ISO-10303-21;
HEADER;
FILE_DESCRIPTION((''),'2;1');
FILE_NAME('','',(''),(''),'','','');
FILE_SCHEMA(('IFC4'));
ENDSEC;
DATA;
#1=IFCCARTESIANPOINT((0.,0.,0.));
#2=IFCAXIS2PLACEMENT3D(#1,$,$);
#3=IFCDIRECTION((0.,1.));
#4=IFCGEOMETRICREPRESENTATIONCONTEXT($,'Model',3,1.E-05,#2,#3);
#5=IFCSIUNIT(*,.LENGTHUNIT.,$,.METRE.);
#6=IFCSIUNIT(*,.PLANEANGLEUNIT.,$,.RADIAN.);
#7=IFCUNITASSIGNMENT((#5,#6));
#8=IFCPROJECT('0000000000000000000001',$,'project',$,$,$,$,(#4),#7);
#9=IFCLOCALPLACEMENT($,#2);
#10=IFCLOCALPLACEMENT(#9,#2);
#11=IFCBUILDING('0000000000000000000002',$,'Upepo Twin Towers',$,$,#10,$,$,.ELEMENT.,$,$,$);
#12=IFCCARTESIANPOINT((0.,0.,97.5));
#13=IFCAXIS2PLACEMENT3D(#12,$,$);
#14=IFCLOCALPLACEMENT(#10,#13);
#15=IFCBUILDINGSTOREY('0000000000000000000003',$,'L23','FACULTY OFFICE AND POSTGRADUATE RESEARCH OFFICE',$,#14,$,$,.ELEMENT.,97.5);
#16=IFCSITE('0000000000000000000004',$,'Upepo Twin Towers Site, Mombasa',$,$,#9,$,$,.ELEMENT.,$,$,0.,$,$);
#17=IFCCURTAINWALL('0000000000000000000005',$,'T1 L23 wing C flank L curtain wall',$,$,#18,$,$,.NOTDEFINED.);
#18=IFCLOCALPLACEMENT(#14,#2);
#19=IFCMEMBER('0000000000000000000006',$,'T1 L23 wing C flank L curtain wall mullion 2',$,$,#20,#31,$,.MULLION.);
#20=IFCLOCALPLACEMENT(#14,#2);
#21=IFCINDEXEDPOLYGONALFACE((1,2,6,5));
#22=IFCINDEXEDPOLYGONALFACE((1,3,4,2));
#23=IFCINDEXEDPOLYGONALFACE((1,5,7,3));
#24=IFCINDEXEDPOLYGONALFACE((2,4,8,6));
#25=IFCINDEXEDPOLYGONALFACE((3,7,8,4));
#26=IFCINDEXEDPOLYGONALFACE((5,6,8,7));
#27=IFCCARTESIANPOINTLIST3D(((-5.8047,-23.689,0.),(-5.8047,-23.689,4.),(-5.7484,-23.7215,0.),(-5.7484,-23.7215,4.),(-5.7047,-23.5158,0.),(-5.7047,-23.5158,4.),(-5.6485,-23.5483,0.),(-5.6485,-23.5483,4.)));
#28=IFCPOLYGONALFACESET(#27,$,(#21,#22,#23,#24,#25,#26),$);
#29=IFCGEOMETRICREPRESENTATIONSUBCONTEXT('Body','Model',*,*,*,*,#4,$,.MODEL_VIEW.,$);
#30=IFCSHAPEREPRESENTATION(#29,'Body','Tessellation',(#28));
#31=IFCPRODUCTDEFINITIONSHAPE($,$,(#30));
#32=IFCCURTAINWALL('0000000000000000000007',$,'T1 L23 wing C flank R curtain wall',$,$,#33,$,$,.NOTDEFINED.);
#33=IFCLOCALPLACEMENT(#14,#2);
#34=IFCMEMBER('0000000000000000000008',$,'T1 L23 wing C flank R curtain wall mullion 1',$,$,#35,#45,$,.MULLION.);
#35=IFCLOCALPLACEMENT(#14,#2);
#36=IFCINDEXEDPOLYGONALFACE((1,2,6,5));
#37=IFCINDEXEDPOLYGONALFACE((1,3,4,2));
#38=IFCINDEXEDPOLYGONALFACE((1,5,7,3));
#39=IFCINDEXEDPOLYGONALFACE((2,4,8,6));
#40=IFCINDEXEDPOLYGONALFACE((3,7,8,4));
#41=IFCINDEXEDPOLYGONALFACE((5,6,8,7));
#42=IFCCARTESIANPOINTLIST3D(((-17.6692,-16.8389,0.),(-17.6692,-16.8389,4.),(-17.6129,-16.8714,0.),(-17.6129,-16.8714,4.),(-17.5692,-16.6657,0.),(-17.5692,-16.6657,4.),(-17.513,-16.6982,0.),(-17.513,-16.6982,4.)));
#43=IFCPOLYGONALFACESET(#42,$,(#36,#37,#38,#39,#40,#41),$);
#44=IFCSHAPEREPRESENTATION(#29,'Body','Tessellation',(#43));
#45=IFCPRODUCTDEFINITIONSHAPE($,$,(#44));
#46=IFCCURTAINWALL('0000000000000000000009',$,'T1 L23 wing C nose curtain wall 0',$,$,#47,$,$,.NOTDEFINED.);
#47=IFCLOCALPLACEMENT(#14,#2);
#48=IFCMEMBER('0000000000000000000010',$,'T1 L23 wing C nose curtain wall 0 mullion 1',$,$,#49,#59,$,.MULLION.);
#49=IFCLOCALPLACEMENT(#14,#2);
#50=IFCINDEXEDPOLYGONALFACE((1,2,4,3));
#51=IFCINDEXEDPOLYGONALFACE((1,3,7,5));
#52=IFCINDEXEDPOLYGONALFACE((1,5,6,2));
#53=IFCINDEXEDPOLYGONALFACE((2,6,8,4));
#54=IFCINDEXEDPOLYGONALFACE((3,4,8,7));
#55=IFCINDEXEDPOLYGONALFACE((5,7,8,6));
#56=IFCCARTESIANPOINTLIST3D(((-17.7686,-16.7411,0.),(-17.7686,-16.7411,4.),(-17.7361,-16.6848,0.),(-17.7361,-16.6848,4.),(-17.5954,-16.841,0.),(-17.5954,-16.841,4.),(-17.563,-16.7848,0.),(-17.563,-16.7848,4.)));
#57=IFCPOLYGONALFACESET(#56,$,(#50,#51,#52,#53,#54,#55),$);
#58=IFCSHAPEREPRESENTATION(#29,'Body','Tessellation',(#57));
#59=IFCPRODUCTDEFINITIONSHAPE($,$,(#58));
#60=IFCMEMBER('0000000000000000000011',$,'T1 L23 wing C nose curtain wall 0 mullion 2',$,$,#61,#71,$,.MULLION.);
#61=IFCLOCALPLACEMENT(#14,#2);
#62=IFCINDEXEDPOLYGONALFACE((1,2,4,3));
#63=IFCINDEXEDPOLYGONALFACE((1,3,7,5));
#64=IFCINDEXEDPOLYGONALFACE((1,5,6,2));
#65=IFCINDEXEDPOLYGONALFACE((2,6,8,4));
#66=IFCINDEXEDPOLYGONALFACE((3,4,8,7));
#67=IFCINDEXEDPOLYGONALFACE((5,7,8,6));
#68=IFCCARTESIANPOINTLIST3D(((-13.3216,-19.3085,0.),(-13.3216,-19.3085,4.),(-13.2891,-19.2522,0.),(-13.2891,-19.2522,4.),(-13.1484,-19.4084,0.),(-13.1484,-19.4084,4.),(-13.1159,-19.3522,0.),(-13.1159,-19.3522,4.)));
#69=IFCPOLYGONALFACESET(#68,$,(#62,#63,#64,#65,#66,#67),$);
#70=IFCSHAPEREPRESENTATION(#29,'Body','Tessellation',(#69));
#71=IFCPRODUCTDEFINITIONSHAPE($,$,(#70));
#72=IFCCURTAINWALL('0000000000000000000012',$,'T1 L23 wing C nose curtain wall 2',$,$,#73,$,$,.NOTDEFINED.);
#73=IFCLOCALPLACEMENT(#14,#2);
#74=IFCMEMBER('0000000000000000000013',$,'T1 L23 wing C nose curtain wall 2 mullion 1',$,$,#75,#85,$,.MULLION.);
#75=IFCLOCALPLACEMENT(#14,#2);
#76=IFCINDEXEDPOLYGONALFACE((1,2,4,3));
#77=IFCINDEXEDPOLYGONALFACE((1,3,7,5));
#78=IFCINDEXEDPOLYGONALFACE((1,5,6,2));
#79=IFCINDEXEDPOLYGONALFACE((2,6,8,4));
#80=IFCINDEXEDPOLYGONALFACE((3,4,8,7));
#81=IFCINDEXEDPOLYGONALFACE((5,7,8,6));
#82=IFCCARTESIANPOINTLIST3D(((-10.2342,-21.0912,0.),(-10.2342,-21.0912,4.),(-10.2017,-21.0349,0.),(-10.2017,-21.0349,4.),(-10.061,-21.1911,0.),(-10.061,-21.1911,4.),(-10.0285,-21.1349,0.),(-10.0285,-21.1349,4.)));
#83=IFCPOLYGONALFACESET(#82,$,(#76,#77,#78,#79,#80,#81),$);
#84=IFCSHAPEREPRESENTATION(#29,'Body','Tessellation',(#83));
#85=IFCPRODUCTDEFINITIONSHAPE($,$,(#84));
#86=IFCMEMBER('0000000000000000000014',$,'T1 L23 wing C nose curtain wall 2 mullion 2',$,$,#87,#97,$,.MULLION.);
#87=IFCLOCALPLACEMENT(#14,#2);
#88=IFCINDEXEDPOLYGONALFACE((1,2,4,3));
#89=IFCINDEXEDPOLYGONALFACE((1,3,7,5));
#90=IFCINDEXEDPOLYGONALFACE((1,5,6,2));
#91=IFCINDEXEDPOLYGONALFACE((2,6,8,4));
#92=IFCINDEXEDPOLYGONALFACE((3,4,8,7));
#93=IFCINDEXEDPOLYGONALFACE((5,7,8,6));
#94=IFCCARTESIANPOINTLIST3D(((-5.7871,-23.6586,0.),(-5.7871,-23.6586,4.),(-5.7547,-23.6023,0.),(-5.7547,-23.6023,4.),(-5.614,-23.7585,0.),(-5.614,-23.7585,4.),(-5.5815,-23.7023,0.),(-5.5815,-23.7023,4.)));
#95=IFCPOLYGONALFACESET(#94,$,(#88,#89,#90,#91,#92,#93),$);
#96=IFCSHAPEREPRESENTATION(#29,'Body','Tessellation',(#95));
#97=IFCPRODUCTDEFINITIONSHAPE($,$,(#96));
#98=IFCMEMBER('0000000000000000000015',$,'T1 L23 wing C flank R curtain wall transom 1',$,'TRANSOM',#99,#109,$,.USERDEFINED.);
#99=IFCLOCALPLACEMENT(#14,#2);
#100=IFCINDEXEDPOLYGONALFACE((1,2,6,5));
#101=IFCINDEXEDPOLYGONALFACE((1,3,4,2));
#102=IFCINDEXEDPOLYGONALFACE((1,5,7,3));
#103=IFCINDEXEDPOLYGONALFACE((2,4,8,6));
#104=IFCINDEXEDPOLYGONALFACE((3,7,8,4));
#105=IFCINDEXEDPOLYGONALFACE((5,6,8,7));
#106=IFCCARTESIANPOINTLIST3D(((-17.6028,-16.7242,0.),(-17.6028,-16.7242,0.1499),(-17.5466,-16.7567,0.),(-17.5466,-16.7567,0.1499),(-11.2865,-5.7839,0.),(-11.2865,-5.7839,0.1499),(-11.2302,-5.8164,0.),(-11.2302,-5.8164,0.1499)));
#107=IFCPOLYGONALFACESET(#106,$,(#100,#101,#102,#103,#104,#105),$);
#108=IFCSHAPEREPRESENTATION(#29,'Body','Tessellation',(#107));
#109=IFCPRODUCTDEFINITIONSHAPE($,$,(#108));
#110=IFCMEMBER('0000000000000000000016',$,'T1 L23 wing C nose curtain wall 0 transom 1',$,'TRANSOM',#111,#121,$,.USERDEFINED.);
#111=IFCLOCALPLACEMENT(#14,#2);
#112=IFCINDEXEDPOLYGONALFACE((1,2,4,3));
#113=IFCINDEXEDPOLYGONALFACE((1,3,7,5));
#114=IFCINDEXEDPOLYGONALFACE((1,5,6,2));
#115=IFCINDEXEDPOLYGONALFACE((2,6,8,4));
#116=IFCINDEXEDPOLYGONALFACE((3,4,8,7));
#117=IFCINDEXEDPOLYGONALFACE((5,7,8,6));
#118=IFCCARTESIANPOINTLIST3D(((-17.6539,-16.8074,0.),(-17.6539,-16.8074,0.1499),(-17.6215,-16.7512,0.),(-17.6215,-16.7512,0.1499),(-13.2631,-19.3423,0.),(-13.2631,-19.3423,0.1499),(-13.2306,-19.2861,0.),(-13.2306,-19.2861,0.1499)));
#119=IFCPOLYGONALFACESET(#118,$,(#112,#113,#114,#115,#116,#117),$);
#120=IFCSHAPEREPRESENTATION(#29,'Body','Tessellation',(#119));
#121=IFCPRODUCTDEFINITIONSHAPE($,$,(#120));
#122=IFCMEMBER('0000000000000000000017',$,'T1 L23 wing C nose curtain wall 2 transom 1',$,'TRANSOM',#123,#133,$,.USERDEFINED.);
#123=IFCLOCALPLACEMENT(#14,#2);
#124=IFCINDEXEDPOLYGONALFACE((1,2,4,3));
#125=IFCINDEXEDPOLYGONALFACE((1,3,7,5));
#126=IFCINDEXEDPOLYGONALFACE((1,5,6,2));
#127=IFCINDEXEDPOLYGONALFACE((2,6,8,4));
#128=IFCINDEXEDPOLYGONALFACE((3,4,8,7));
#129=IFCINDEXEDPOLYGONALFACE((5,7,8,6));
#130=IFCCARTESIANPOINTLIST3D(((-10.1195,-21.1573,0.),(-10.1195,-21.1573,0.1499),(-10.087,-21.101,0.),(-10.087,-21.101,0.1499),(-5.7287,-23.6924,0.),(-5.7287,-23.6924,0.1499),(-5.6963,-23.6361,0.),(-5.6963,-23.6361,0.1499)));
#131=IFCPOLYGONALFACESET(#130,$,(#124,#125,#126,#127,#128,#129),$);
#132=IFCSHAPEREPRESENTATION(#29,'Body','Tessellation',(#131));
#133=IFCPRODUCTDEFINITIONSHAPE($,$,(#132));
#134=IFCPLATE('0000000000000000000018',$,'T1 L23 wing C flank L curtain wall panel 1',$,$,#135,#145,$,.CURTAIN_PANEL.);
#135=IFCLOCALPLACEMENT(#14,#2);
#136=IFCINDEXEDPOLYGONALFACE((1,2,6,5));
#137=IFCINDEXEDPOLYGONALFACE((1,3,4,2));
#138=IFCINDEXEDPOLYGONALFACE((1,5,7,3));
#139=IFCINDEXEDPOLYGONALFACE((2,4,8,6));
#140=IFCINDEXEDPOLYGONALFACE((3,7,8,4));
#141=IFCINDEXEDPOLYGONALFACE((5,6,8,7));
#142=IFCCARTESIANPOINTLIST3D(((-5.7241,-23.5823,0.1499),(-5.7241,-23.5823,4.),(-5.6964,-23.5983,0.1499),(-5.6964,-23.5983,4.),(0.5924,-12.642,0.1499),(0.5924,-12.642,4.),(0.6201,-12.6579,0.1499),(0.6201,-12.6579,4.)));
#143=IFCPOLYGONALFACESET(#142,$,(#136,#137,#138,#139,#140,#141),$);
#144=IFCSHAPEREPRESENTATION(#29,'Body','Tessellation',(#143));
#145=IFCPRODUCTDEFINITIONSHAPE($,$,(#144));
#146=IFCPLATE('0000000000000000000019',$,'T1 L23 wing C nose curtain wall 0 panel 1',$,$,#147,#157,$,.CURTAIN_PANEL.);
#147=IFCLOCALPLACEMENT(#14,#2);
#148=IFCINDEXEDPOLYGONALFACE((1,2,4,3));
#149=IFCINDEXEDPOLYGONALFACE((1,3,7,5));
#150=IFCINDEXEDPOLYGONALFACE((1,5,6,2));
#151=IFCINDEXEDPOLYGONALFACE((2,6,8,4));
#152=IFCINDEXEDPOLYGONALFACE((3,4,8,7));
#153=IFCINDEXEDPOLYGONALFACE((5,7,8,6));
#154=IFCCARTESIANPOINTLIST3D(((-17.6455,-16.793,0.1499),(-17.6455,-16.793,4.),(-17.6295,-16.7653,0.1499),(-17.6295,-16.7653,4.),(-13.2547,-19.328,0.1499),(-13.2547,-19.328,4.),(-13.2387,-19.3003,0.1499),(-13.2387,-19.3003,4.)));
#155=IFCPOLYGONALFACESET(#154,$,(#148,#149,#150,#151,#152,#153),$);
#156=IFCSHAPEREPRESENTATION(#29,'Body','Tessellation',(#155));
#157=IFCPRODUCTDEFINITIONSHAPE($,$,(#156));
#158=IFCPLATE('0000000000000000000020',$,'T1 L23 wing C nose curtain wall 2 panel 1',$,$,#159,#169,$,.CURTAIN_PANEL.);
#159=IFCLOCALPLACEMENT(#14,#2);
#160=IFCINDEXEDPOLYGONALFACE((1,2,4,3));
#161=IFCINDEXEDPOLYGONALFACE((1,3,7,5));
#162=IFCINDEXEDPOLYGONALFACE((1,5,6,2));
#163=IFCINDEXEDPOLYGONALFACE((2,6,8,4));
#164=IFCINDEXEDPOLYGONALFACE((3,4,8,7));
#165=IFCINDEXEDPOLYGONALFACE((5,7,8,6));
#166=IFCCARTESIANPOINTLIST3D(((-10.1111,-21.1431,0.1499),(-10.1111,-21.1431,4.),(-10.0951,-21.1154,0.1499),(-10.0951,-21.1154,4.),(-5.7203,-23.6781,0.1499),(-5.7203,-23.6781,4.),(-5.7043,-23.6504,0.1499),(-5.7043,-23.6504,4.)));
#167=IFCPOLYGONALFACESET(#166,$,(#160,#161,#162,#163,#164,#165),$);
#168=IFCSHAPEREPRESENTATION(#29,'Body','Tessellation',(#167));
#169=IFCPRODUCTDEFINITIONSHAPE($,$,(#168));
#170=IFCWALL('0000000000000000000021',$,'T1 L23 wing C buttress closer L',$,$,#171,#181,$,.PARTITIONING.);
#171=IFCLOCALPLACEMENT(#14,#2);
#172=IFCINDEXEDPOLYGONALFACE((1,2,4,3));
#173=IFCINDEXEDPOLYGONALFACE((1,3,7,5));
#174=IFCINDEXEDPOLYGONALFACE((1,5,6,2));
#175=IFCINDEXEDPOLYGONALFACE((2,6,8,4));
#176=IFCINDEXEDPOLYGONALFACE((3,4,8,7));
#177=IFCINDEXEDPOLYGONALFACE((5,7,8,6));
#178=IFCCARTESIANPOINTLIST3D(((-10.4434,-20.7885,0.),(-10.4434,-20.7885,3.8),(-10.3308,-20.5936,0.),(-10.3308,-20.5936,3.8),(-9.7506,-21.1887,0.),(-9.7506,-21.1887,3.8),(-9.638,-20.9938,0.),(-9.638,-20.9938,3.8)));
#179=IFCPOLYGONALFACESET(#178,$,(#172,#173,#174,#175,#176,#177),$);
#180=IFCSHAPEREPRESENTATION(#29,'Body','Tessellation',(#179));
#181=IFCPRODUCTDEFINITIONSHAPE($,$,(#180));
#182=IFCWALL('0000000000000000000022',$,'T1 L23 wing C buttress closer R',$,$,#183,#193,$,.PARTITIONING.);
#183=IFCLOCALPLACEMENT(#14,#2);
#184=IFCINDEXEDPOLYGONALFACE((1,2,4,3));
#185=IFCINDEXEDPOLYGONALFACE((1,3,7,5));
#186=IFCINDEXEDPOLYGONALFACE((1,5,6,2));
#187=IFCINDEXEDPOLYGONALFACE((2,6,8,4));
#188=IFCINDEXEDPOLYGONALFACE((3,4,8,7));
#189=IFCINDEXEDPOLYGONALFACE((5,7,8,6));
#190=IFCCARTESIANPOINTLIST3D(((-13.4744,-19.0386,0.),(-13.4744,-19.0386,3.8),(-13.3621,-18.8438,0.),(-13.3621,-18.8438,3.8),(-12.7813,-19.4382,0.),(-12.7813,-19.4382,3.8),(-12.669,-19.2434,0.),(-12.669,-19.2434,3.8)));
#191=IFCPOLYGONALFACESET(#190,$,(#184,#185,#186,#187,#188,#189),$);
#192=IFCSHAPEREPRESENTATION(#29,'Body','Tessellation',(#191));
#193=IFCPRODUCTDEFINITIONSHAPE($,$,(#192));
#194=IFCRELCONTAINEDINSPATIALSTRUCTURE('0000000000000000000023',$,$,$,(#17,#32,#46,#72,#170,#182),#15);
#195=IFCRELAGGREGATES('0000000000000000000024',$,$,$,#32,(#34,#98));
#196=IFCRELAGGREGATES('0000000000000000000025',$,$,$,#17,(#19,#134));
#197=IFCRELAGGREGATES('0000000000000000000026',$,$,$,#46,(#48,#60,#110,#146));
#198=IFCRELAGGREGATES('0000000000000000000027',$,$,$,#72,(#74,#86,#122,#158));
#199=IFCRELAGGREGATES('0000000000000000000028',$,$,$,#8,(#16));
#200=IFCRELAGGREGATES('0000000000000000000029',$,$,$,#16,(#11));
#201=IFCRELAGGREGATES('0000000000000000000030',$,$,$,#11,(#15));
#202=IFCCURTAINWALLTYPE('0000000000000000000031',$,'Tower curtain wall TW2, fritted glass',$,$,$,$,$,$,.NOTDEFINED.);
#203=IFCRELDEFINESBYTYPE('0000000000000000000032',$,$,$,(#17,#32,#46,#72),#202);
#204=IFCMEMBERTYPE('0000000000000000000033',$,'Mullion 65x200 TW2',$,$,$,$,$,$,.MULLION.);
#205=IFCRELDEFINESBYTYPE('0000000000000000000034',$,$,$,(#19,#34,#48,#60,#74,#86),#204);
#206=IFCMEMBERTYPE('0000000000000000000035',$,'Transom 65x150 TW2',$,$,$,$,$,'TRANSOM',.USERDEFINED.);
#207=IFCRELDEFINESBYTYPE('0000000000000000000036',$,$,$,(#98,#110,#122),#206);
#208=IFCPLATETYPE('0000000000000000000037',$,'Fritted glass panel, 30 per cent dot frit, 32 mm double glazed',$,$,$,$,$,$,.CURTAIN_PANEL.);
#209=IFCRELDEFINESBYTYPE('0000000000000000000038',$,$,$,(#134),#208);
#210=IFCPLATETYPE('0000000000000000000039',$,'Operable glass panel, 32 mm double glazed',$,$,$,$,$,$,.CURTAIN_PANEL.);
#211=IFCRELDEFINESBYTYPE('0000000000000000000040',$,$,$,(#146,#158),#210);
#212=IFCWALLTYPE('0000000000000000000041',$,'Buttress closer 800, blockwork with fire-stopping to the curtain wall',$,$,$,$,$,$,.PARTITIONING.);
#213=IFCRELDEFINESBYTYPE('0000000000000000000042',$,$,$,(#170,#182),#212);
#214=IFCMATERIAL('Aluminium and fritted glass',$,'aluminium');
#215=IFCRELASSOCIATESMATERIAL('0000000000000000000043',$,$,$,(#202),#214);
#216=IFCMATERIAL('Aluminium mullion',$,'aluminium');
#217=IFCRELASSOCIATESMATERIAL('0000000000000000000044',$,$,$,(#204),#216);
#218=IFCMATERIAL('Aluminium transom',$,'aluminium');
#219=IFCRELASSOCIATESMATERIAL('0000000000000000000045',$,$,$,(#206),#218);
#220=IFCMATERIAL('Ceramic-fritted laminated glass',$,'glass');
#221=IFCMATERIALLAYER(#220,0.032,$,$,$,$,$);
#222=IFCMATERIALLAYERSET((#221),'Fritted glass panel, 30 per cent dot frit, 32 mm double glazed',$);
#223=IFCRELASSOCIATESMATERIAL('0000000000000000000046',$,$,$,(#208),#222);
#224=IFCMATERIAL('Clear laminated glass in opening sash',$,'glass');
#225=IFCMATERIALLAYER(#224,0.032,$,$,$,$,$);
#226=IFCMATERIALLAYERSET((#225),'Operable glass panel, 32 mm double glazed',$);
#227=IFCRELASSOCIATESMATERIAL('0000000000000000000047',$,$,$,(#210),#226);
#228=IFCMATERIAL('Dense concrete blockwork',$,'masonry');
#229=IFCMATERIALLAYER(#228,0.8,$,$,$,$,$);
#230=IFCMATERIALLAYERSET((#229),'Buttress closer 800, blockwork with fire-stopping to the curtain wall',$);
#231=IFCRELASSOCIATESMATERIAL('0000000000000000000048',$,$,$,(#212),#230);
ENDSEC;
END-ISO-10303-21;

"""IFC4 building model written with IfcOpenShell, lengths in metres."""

from ifc_helpers import new_model, si_unit, direction, frame, frame_2d, origin, origin_2d, place, context, subcontext, project, spatial, rectangle, extrude, material, layer, layer_set, material_profile, profile_set, type_object, element, aggregate, save


model = new_model("IFC4")

# Units and contexts
model_context = context("Model", 3, precision=1e-05, world=origin(), true_north=direction((0.0, 1.0)))
body_context = subcontext(model_context, "Body", "Model", "MODEL_VIEW")
ifc_project = project(units=[si_unit("LENGTHUNIT", "METRE"), si_unit("PLANEANGLEUNIT", "RADIAN")], contexts=[model_context])

# Site, building, storey
site_placement = place(None, origin())
site = spatial("IfcSite", under=ifc_project, at=site_placement, Name="Upepo Twin Towers Site, Mombasa", CompositionType="ELEMENT", RefElevation=0.0)
building_placement = place(site_placement, origin())
building = spatial("IfcBuilding", under=site, at=building_placement, Name="Upepo Twin Towers", CompositionType="ELEMENT")
storey_placement = place(building_placement, frame((0.0, 0.0, 97.5)))
storey = spatial("IfcBuildingStorey", under=building, at=storey_placement, Name="L23", Description="FACULTY OFFICE AND POSTGRADUATE RESEARCH OFFICE", CompositionType="ELEMENT", Elevation=97.5)

# Curtain walls, members
ifc_material_1 = material(Name="Aluminium and fritted glass", Category="aluminium")
curtain_wall_type = type_object("IfcCurtainWallType", Name="Tower curtain wall TW2, fritted glass", PredefinedType="NOTDEFINED", material=ifc_material_1)
curtain_wall_1_placement = place(storey_placement, origin())
curtain_wall_1 = element("IfcCurtainWall", 1, at=curtain_wall_1_placement, inside=storey, type_object=curtain_wall_type, Name="T1 L23 wing C flank L curtain wall", PredefinedType="NOTDEFINED")
ifc_material_2 = material(Name="Aluminium mullion", Category="aluminium")
ifc_material_profile_1 = material_profile(ifc_material_2, rectangle(XDim=0.0649, YDim=0.2, at=origin_2d()), Name="MULLION 65x200")
ifc_profile_set_1 = profile_set([ifc_material_profile_1], Name="Aluminium mullion")
member_type_1 = type_object("IfcMemberType", Name="Mullion 65x200 TW2", PredefinedType="MULLION", material=ifc_profile_set_1)
member_1_placement = place(storey_placement, frame((-5.7266, -23.6187, 0.0), z_axis=(0.0, 0.0, 1.0), x_axis=(0.866025, -0.5, 0.0)))
member_1 = element("IfcMember", 2, at=member_1_placement, type_object=member_type_1, Name="T1 L23 wing C flank L curtain wall mullion 2", PredefinedType="MULLION", context=body_context, shape_type="SweptSolid", body=[
    extrude(rectangle(XDim=0.0649, YDim=0.2, at=origin_2d()), origin(), (0.0, 0.0, 1.0), 4.0),
])
curtain_wall_2_placement = place(storey_placement, origin())
curtain_wall_2 = element("IfcCurtainWall", 3, at=curtain_wall_2_placement, inside=storey, type_object=curtain_wall_type, Name="T1 L23 wing C flank R curtain wall", PredefinedType="NOTDEFINED")
member_2_placement = place(storey_placement, frame((-17.5911, -16.7686, 0.0), z_axis=(0.0, 0.0, 1.0), x_axis=(-0.866025, 0.5, 0.0)))
member_2 = element("IfcMember", 4, at=member_2_placement, type_object=member_type_1, Name="T1 L23 wing C flank R curtain wall mullion 1", PredefinedType="MULLION", context=body_context, shape_type="SweptSolid", body=[
    extrude(rectangle(XDim=0.0649, YDim=0.2, at=origin_2d()), origin(), (0.0, 0.0, 1.0), 4.0),
])

# Curtain walls, members
curtain_wall_3_placement = place(storey_placement, origin())
curtain_wall_3 = element("IfcCurtainWall", 5, at=curtain_wall_3_placement, inside=storey, type_object=curtain_wall_type, Name="T1 L23 wing C nose curtain wall 0", PredefinedType="NOTDEFINED")
member_3_placement = place(storey_placement, frame((-17.6658, -16.7629, 0.0), z_axis=(0.0, 0.0, 1.0), x_axis=(0.5, 0.866025, 0.0)))
member_3 = element("IfcMember", 6, at=member_3_placement, type_object=member_type_1, Name="T1 L23 wing C nose curtain wall 0 mullion 1", PredefinedType="MULLION", context=body_context, shape_type="SweptSolid", body=[
    extrude(rectangle(XDim=0.0649, YDim=0.2, at=origin_2d()), origin(), (0.0, 0.0, 1.0), 4.0),
])
member_4_placement = place(storey_placement, frame((-13.2188, -19.3303, 0.0), z_axis=(0.0, 0.0, 1.0), x_axis=(0.5, 0.866025, 0.0)))
member_4 = element("IfcMember", 7, at=member_4_placement, type_object=member_type_1, Name="T1 L23 wing C nose curtain wall 0 mullion 2", PredefinedType="MULLION", context=body_context, shape_type="SweptSolid", body=[
    extrude(rectangle(XDim=0.0649, YDim=0.2, at=origin_2d()), origin(), (0.0, 0.0, 1.0), 4.0),
])
curtain_wall_4_placement = place(storey_placement, origin())
curtain_wall_4 = element("IfcCurtainWall", 8, at=curtain_wall_4_placement, inside=storey, type_object=curtain_wall_type, Name="T1 L23 wing C nose curtain wall 2", PredefinedType="NOTDEFINED")
member_5_placement = place(storey_placement, frame((-10.1313, -21.113, 0.0), z_axis=(0.0, 0.0, 1.0), x_axis=(0.5, 0.866025, 0.0)))
member_5 = element("IfcMember", 9, at=member_5_placement, type_object=member_type_1, Name="T1 L23 wing C nose curtain wall 2 mullion 1", PredefinedType="MULLION", context=body_context, shape_type="SweptSolid", body=[
    extrude(rectangle(XDim=0.0649, YDim=0.2, at=origin_2d()), origin(), (0.0, 0.0, 1.0), 4.0),
])
member_6_placement = place(storey_placement, frame((-5.6843, -23.6804, 0.0), z_axis=(0.0, 0.0, 1.0), x_axis=(0.5, 0.866025, 0.0)))
member_6 = element("IfcMember", 10, at=member_6_placement, type_object=member_type_1, Name="T1 L23 wing C nose curtain wall 2 mullion 2", PredefinedType="MULLION", context=body_context, shape_type="SweptSolid", body=[
    extrude(rectangle(XDim=0.0649, YDim=0.2, at=origin_2d()), origin(), (0.0, 0.0, 1.0), 4.0),
])

# Members
ifc_material_3 = material(Name="Aluminium transom", Category="aluminium")
ifc_material_profile_2 = material_profile(ifc_material_3, rectangle(XDim=0.0649, YDim=0.1499, at=origin_2d()), Name="TRANSOM 65x150")
ifc_profile_set_2 = profile_set([ifc_material_profile_2], Name="Aluminium transom")
member_type_2 = type_object("IfcMemberType", Name="Transom 65x150 TW2", ElementType="TRANSOM", PredefinedType="USERDEFINED", material=ifc_profile_set_2)
member_7_placement = place(storey_placement, frame((-17.5747, -16.7405, 0.075), z_axis=(0.499997, 0.866027, 0.0), x_axis=(-0.866027, 0.499997, 0.0)))
member_7 = element("IfcMember", 11, at=member_7_placement, type_object=member_type_2, Name="T1 L23 wing C flank R curtain wall transom 1", ObjectType="TRANSOM", PredefinedType="USERDEFINED", context=body_context, shape_type="SweptSolid", body=[
    extrude(rectangle(XDim=0.0649, YDim=0.1499, at=origin_2d()), origin(), (0.0, 0.0, 1.0), 12.6328),
])
aggregate(curtain_wall_2, [member_2, member_7])
member_8_placement = place(storey_placement, frame((-17.6377, -16.7793, 0.075), z_axis=(0.866039, -0.499977, 0.0), x_axis=(0.499977, 0.866039, 0.0)))
member_8 = element("IfcMember", 12, at=member_8_placement, type_object=member_type_2, Name="T1 L23 wing C nose curtain wall 0 transom 1", ObjectType="TRANSOM", PredefinedType="USERDEFINED", context=body_context, shape_type="SweptSolid", body=[
    extrude(rectangle(XDim=0.0649, YDim=0.1499, at=origin_2d()), origin(), (0.0, 0.0, 1.0), 5.0701),
])
member_9_placement = place(storey_placement, frame((-10.1033, -21.1292, 0.075), z_axis=(0.866018, -0.500013, 0.0), x_axis=(0.500013, 0.866018, 0.0)))
member_9 = element("IfcMember", 13, at=member_9_placement, type_object=member_type_2, Name="T1 L23 wing C nose curtain wall 2 transom 1", ObjectType="TRANSOM", PredefinedType="USERDEFINED", context=body_context, shape_type="SweptSolid", body=[
    extrude(rectangle(XDim=0.0649, YDim=0.1499, at=origin_2d()), origin(), (0.0, 0.0, 1.0), 5.0701),
])

# Plates
ifc_material_4 = material(Name="Ceramic-fritted laminated glass", Category="glass")
ifc_layer_1 = layer(ifc_material_4, 0.032)
ifc_layer_set_1 = layer_set([ifc_layer_1], Name="Fritted glass panel, 30 per cent dot frit, 32 mm double glazed")
plate_type_1 = type_object("IfcPlateType", Name="Fritted glass panel, 30 per cent dot frit, 32 mm double glazed", PredefinedType="CURTAIN_PANEL", material=ifc_layer_set_1)
plate_1_placement = place(storey_placement, frame((-2.552, -18.1201, 0.1499), z_axis=(0.0, 0.0, 1.0), x_axis=(-0.5, -0.866025, 0.0)))
plate_1 = element("IfcPlate", 14, at=plate_1_placement, type_object=plate_type_1, Name="T1 L23 wing C flank L curtain wall panel 1", PredefinedType="CURTAIN_PANEL", context=body_context, shape_type="SweptSolid", body=[
    extrude(rectangle(XDim=12.6328, YDim=0.032, at=origin_2d()), origin(), (0.0, 0.0, 1.0), 3.8501),
])
aggregate(curtain_wall_1, [member_1, plate_1])
ifc_material_5 = material(Name="Clear laminated glass in opening sash", Category="glass")
ifc_layer_2 = layer(ifc_material_5, 0.032)
ifc_layer_set_2 = layer_set([ifc_layer_2], Name="Operable glass panel, 32 mm double glazed")
plate_type_2 = type_object("IfcPlateType", Name="Operable glass panel, 32 mm double glazed", PredefinedType="CURTAIN_PANEL", material=ifc_layer_set_2)
plate_2_placement = place(storey_placement, frame((-15.4421, -18.0466, 0.1499), z_axis=(0.0, 0.0, 1.0), x_axis=(0.866025, -0.5, 0.0)))
plate_2 = element("IfcPlate", 15, at=plate_2_placement, type_object=plate_type_2, Name="T1 L23 wing C nose curtain wall 0 panel 1", PredefinedType="CURTAIN_PANEL", context=body_context, shape_type="SweptSolid", body=[
    extrude(rectangle(XDim=5.0701, YDim=0.032, at=origin_2d()), origin(), (0.0, 0.0, 1.0), 3.8501),
])
aggregate(curtain_wall_3, [member_3, member_4, member_8, plate_2])
plate_3_placement = place(storey_placement, frame((-7.9077, -22.3967, 0.1499), z_axis=(0.0, 0.0, 1.0), x_axis=(0.866025, -0.5, 0.0)))
plate_3 = element("IfcPlate", 16, at=plate_3_placement, type_object=plate_type_2, Name="T1 L23 wing C nose curtain wall 2 panel 1", PredefinedType="CURTAIN_PANEL", context=body_context, shape_type="SweptSolid", body=[
    extrude(rectangle(XDim=5.0701, YDim=0.032, at=origin_2d()), origin(), (0.0, 0.0, 1.0), 3.8501),
])
aggregate(curtain_wall_4, [member_5, member_6, member_9, plate_3])

# Walls
ifc_material_6 = material(Name="Dense concrete blockwork", Category="masonry")
ifc_layer_3 = layer(ifc_material_6, 0.8)
ifc_layer_set_3 = layer_set([ifc_layer_3], Name="Buttress closer 800, blockwork with fire-stopping to the curtain wall")
wall_type_1 = type_object("IfcWallType", Name="Buttress closer 800, blockwork with fire-stopping to the curtain wall", PredefinedType="PARTITIONING", material=ifc_layer_set_3)
wall_1_placement = place(storey_placement, frame((-9.9844, -20.7937, 0.0), z_axis=(0.0, 0.0, 1.0), x_axis=(-0.500223, -0.865896, 0.0)))
element("IfcWall", 17, at=wall_1_placement, inside=storey, type_object=wall_type_1, Name="T1 L23 wing C buttress closer L", PredefinedType="PARTITIONING", context=body_context, shape_type="SweptSolid", body=[
    extrude(rectangle(XDim=0.2251, YDim=0.8, at=frame_2d((0.1125, 0.0))), origin(), (0.0, 0.0, 1.0), 3.8),
])
wall_2_placement = place(storey_placement, frame((-13.0156, -19.0437, 0.0), z_axis=(0.0, 0.0, 1.0), x_axis=(-0.499409, -0.866366, 0.0)))
element("IfcWall", 18, at=wall_2_placement, inside=storey, type_object=wall_type_1, Name="T1 L23 wing C buttress closer R", PredefinedType="PARTITIONING", context=body_context, shape_type="SweptSolid", body=[
    extrude(rectangle(XDim=0.2249, YDim=0.8, at=frame_2d((0.1123, 0.0))), origin(), (0.0, 0.0, 1.0), 3.8),
])

save(model, "model.ifc")
